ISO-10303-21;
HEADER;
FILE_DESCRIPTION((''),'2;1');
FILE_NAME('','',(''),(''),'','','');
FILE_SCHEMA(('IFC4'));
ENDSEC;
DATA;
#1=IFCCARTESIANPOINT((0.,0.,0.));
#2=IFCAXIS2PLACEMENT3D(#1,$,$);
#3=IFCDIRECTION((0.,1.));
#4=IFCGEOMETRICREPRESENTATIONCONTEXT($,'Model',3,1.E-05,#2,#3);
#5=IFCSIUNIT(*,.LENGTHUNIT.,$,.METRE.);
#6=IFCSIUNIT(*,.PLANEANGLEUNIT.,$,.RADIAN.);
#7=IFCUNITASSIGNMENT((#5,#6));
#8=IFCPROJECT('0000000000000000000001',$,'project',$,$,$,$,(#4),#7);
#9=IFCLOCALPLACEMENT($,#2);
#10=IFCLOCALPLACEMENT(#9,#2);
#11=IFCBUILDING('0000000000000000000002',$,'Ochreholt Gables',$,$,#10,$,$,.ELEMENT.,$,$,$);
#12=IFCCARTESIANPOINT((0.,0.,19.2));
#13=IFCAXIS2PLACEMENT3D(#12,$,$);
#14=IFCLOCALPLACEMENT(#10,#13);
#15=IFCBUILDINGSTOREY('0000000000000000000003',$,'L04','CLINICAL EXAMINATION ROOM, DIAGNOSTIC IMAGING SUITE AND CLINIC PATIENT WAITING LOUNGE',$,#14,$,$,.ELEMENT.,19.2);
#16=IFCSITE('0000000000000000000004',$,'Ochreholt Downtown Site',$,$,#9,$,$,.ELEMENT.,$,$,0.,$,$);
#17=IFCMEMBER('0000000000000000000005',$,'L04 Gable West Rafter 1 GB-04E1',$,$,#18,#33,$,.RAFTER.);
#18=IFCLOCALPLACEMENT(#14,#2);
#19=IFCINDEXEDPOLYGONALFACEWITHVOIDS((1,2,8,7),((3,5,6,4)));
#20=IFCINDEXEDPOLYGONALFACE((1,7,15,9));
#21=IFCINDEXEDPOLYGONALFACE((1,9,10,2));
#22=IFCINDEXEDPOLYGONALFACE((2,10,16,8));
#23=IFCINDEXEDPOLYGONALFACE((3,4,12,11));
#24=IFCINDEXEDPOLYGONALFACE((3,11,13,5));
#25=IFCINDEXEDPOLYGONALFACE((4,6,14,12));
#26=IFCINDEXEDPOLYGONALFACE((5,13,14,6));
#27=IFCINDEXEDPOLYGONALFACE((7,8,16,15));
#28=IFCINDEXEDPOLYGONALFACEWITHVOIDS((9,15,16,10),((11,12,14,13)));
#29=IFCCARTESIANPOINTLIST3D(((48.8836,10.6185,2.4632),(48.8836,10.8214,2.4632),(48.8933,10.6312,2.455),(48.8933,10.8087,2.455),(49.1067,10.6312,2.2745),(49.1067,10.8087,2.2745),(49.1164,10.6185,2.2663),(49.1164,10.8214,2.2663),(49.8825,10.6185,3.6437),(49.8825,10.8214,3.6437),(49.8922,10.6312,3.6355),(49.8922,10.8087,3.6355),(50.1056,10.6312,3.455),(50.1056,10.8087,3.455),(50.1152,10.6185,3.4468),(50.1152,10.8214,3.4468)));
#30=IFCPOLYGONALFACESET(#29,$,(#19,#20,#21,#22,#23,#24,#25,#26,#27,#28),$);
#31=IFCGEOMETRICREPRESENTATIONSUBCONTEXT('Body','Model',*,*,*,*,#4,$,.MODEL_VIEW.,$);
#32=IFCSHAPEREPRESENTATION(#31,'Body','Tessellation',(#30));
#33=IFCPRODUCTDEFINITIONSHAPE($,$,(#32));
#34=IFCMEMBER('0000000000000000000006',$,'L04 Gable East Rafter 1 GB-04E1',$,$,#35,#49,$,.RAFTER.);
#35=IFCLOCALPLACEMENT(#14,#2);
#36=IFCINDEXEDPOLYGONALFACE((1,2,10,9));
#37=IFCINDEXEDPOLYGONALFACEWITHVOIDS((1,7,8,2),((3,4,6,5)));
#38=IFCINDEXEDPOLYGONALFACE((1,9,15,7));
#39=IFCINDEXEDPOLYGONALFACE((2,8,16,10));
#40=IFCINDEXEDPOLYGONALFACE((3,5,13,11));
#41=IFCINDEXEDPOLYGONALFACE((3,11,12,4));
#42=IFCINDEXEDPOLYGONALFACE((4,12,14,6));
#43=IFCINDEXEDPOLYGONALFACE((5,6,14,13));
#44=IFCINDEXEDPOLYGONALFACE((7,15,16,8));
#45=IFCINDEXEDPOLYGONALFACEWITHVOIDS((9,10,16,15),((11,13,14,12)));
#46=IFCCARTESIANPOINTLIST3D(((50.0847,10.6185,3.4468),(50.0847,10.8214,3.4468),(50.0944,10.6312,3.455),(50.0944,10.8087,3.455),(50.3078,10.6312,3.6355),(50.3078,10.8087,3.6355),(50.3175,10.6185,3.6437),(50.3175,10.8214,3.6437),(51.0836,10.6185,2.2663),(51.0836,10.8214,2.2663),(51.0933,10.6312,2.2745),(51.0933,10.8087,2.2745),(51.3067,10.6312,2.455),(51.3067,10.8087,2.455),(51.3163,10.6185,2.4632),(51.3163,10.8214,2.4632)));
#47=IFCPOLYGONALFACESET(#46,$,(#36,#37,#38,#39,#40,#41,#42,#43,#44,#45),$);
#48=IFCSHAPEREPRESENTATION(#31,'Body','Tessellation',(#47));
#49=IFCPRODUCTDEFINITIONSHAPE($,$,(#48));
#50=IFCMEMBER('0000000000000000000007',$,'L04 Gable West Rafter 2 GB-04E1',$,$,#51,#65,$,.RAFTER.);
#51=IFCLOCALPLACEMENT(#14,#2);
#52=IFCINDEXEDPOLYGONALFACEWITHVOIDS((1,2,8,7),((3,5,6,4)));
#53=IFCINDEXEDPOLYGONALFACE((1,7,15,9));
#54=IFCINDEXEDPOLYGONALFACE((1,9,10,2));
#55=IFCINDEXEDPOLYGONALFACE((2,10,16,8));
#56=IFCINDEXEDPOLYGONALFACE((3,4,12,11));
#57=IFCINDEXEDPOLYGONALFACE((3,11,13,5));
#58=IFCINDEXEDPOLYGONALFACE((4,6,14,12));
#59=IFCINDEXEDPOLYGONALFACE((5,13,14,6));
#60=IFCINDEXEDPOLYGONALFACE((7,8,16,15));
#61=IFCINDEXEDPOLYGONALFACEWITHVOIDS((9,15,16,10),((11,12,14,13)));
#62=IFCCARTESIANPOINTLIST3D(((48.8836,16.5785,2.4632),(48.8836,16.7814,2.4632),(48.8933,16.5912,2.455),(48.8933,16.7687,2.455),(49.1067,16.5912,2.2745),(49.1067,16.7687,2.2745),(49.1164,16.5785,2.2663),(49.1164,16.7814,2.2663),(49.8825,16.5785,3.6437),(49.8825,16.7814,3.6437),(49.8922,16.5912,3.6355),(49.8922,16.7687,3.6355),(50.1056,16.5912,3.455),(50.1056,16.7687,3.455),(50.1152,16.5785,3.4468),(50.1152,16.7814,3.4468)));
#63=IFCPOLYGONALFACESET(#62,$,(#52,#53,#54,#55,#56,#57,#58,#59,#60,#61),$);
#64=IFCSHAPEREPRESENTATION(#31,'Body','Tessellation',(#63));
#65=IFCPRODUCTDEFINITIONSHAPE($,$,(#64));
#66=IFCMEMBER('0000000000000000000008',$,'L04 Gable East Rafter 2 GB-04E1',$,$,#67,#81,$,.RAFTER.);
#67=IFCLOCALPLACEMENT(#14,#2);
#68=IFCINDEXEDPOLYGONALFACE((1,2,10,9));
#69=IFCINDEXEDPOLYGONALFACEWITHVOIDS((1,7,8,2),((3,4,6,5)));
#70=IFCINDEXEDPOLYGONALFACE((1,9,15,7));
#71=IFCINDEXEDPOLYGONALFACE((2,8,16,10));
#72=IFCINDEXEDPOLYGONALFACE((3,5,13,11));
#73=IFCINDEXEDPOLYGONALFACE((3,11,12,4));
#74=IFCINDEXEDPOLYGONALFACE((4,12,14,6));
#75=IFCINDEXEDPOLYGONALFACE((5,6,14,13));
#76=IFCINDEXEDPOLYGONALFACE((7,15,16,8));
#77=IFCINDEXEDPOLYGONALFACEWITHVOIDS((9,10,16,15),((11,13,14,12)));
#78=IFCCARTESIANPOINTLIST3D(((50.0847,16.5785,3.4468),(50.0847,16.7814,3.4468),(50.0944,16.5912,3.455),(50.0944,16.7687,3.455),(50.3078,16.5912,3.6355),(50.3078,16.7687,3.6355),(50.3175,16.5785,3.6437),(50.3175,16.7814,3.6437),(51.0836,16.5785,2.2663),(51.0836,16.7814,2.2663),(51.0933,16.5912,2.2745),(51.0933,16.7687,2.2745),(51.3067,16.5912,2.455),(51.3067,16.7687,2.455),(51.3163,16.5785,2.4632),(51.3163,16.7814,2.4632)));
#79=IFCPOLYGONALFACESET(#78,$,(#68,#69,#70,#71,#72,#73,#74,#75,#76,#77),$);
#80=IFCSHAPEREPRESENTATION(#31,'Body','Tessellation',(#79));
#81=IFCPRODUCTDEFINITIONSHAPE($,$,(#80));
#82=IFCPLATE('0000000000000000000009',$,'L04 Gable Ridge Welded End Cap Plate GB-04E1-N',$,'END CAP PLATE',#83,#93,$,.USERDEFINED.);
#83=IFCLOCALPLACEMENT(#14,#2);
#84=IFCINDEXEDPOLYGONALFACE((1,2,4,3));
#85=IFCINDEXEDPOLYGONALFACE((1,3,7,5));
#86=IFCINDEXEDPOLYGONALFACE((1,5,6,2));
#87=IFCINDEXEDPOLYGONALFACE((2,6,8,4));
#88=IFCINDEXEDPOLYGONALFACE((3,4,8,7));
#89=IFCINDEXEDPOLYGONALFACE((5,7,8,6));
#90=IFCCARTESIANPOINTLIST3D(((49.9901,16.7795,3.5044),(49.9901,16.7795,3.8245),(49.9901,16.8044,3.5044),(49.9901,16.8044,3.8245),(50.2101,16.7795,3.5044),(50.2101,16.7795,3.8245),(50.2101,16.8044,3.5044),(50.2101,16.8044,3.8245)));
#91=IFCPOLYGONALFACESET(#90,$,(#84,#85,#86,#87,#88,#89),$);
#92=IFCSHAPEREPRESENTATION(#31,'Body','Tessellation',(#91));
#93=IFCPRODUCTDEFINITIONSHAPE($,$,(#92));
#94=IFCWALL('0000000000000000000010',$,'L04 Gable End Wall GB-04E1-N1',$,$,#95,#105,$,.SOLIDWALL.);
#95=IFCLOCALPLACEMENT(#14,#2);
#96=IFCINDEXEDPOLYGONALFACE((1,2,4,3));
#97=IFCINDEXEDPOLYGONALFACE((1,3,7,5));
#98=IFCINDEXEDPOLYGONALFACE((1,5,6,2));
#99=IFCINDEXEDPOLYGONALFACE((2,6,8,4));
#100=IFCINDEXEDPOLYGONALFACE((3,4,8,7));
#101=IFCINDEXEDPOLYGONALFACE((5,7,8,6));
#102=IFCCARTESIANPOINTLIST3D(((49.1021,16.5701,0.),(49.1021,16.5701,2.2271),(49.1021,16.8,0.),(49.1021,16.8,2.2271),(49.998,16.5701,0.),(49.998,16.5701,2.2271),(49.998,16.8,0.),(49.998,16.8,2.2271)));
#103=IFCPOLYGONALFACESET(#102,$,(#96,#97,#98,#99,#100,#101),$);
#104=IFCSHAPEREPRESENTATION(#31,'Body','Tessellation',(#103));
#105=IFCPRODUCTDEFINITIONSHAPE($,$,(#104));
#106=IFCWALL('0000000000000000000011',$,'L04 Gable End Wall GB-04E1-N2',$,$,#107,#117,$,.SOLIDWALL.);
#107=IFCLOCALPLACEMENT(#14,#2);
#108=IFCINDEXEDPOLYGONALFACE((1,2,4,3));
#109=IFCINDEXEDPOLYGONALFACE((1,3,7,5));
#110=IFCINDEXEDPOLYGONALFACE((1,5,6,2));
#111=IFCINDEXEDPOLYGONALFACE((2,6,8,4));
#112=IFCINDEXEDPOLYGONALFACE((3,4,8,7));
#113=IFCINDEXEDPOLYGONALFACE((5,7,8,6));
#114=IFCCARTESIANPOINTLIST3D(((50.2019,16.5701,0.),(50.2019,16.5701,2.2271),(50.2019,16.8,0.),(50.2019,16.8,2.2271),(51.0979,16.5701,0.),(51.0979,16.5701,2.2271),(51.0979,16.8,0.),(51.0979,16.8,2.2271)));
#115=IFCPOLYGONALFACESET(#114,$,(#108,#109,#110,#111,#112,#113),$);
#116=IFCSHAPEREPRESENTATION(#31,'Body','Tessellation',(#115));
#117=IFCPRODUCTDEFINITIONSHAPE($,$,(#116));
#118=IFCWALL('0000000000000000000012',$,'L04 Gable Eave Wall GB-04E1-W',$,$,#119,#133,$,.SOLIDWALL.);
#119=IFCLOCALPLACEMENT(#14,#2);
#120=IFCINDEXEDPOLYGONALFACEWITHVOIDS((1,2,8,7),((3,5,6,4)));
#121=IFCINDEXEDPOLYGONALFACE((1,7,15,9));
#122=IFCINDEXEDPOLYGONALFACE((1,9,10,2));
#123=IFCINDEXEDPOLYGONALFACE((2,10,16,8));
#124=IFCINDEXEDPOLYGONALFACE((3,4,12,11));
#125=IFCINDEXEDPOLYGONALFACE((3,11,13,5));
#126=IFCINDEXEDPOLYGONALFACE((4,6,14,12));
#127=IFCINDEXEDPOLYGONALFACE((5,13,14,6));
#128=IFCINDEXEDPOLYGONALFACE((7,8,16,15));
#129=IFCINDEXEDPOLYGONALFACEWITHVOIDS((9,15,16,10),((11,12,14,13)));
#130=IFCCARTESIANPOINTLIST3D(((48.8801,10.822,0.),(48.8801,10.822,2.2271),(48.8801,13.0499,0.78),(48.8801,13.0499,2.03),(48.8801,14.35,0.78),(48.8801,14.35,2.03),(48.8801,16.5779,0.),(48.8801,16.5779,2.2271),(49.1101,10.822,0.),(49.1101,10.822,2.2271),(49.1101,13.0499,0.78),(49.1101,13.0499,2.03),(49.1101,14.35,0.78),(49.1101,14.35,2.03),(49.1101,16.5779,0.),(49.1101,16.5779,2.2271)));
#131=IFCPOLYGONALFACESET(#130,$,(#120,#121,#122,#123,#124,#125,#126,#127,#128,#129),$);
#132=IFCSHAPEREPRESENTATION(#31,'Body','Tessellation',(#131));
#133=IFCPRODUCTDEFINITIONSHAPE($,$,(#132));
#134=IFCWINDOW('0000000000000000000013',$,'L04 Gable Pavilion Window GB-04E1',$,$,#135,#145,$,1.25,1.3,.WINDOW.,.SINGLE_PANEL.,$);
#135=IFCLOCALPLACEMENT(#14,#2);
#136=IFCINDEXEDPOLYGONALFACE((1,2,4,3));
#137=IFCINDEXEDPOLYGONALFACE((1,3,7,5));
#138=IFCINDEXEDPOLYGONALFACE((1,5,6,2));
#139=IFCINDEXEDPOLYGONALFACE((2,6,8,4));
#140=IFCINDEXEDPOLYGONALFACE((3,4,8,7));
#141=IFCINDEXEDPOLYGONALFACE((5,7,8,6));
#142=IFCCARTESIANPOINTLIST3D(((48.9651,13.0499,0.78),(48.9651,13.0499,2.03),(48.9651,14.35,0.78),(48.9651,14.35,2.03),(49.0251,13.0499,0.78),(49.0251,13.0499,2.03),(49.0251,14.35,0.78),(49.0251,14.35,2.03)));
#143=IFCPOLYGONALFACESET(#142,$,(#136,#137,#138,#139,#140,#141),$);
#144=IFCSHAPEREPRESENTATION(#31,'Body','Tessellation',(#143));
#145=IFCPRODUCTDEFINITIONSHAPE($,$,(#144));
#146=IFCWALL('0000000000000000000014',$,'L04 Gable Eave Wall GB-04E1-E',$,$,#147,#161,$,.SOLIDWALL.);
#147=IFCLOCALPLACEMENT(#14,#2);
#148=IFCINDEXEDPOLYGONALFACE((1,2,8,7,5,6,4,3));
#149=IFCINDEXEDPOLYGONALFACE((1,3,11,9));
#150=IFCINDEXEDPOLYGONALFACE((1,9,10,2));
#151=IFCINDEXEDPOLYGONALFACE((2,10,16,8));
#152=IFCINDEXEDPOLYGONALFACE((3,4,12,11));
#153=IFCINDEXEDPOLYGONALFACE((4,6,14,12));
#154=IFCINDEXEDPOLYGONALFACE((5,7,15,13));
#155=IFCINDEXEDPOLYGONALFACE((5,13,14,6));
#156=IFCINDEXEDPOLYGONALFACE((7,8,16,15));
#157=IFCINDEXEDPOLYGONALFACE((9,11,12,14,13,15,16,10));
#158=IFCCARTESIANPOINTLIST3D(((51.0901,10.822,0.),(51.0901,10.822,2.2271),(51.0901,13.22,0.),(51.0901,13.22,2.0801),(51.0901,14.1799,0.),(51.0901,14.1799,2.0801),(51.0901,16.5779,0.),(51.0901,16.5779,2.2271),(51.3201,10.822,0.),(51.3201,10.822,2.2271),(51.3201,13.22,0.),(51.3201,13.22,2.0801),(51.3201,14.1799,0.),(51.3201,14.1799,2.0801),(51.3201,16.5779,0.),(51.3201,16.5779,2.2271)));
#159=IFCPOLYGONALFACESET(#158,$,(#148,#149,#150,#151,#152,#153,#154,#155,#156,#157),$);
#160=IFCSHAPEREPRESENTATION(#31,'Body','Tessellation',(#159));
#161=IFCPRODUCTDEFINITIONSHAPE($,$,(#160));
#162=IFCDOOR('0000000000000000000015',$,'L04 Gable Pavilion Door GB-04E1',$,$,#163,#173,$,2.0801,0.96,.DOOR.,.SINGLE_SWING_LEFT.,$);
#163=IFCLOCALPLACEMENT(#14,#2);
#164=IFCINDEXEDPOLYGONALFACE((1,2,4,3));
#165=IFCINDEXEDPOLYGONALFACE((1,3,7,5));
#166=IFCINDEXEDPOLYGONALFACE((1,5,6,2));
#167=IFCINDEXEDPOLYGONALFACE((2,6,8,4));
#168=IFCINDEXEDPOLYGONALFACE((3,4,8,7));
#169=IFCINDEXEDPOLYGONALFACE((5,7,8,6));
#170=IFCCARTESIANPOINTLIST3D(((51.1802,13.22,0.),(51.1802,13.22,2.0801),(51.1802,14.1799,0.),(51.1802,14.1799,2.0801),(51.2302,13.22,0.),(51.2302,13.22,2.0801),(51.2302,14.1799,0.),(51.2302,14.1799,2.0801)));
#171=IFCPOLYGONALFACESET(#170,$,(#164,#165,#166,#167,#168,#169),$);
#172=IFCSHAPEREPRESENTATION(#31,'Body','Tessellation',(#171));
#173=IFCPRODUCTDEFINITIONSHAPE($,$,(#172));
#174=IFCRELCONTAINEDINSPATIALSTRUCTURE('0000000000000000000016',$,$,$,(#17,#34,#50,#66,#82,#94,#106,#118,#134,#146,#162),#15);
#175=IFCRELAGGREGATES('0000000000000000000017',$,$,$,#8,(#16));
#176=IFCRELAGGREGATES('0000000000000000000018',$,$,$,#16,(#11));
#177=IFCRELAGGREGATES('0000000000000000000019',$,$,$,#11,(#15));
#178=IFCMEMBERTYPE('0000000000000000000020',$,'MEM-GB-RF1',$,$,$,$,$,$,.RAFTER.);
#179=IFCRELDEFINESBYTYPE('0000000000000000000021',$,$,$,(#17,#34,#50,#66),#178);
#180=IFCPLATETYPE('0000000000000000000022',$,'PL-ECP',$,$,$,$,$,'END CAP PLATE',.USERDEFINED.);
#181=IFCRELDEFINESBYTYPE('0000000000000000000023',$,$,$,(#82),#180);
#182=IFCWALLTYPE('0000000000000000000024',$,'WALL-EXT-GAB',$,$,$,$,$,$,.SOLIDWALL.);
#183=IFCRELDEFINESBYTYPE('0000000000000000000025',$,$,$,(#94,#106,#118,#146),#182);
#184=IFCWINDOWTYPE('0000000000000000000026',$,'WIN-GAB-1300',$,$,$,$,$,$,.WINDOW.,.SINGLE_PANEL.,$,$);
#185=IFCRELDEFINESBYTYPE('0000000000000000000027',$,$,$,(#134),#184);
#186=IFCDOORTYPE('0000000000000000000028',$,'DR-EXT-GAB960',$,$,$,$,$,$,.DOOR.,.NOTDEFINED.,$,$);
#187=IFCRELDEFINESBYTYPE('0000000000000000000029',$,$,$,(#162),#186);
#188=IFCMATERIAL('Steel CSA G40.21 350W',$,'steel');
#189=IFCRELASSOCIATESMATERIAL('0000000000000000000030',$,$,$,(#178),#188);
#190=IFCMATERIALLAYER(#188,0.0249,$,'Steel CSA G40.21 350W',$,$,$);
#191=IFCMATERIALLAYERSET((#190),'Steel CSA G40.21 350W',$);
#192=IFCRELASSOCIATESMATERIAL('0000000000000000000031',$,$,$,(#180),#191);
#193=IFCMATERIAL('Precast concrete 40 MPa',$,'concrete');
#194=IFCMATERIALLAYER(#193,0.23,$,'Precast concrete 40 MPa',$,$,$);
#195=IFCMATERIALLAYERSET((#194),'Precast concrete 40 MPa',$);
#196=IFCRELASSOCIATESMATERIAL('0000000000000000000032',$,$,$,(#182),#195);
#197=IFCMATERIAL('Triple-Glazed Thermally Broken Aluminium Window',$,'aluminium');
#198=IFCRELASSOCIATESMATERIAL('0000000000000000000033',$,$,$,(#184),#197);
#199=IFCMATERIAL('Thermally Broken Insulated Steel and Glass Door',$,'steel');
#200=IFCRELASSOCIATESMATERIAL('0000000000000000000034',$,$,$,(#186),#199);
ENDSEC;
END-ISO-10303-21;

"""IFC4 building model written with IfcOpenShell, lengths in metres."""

from ifc_helpers import new_model, si_unit, direction, frame, frame_2d, origin, origin_2d, place, context, subcontext, project, spatial, rectangle, hollow_rectangle, extrude, material, layer, layer_set, material_profile, profile_set, type_object, element, fill, save


model = new_model("IFC4")

# Units and contexts
model_context = context("Model", 3, precision=1e-05, world=origin(), true_north=direction((0.0, 1.0)))
body_context = subcontext(model_context, "Body", "Model", "MODEL_VIEW")
ifc_project = project(units=[si_unit("LENGTHUNIT", "METRE"), si_unit("PLANEANGLEUNIT", "RADIAN")], contexts=[model_context])

# Site, building, storey
site_placement = place(None, origin())
site = spatial("IfcSite", under=ifc_project, at=site_placement, Name="Ochreholt Downtown Site", CompositionType="ELEMENT", RefElevation=0.0)
building_placement = place(site_placement, origin())
building = spatial("IfcBuilding", under=site, at=building_placement, Name="Ochreholt Gables", CompositionType="ELEMENT")
storey_placement = place(building_placement, frame((0.0, 0.0, 19.2)))
storey = spatial("IfcBuildingStorey", under=building, at=storey_placement, Name="L04", Description="CLINICAL EXAMINATION ROOM, DIAGNOSTIC IMAGING SUITE AND CLINIC PATIENT WAITING LOUNGE", CompositionType="ELEMENT", Elevation=19.2)

# Shared definitions
ifc_material_1 = material(Name="Steel CSA G40.21 350W", Category="steel")

# Members
ifc_material_profile_1 = material_profile(ifc_material_1, hollow_rectangle(XDim=0.2029, YDim=0.3049, WallThickness=0.0127, at=origin_2d()), Name="HSS305X203X13")
ifc_profile_set_1 = profile_set([ifc_material_profile_1], Name="Steel CSA G40.21 350W")
member_type_1 = type_object("IfcMemberType", Name="MEM-GB-RF1", PredefinedType="RAFTER", material=ifc_profile_set_1)
for number, where, z_axis, x_axis, name in (
    (1, (49.0, 10.72, 2.3647), (0.645928, 0.0, 0.763398), (0.0, 1.0, 0.0), "L04 Gable West Rafter 1 GB-04E1"),
    (2, (51.2, 10.72, 2.3647), (-0.645928, 0.0, 0.763398), (0.0, -1.0, 0.0), "L04 Gable East Rafter 1 GB-04E1"),
    (3, (49.0, 16.6799, 2.3647), (0.645928, 0.0, 0.763398), (0.0, 1.0, 0.0), "L04 Gable West Rafter 2 GB-04E1"),
    (4, (51.2, 16.6799, 2.3647), (-0.645928, 0.0, 0.763398), (0.0, -1.0, 0.0), "L04 Gable East Rafter 2 GB-04E1"),
):
    element("IfcMember", number, at=place(storey_placement, frame(where, z_axis=z_axis, x_axis=x_axis)), inside=storey, type_object=member_type_1, Name=name, PredefinedType="RAFTER", context=body_context, shape_type="SweptSolid", body=[
        extrude(hollow_rectangle(XDim=0.2029, YDim=0.3049, WallThickness=0.0127, at=origin_2d()), origin(), (0.0, 0.0, 1.0), 1.5464),
    ])

# Plate
ifc_layer_1 = layer(ifc_material_1, 0.0249, Name="Steel CSA G40.21 350W")
ifc_layer_set_1 = layer_set([ifc_layer_1], Name="Steel CSA G40.21 350W")
plate_type = type_object("IfcPlateType", Name="PL-ECP", ElementType="END CAP PLATE", PredefinedType="USERDEFINED", material=ifc_layer_set_1)
plate_placement = place(storey_placement, frame((50.1001, 16.792, 3.5044), z_axis=(0.0, 0.0, 1.0), x_axis=(1.0, 0.0, 0.0)))
element("IfcPlate", 5, at=plate_placement, inside=storey, type_object=plate_type, Name="L04 Gable Ridge Welded End Cap Plate GB-04E1-N", ObjectType="END CAP PLATE", PredefinedType="USERDEFINED", context=body_context, shape_type="SweptSolid", body=[
    extrude(rectangle(XDim=0.22, YDim=0.0249, at=origin_2d()), origin(), (0.0, 0.0, 1.0), 0.3201),
])

# Walls
ifc_material_2 = material(Name="Precast concrete 40 MPa", Category="concrete")
ifc_layer_2 = layer(ifc_material_2, 0.23, Name="Precast concrete 40 MPa")
ifc_layer_set_2 = layer_set([ifc_layer_2], Name="Precast concrete 40 MPa")
wall_type = type_object("IfcWallType", Name="WALL-EXT-GAB", PredefinedType="SOLIDWALL", material=ifc_layer_set_2)
for number, where, z_axis, x_axis, name in (
    (6, (49.1021, 16.6851, 0.0), (0.0, 0.0, 1.0), (1.0, 0.0, 0.0), "L04 Gable End Wall GB-04E1-N1"),
    (7, (50.2019, 16.6851, 0.0), (0.0, 0.0, 1.0), (1.0, 0.0, 0.0), "L04 Gable End Wall GB-04E1-N2"),
):
    element("IfcWall", number, at=place(storey_placement, frame(where, z_axis=z_axis, x_axis=x_axis)), inside=storey, type_object=wall_type, Name=name, PredefinedType="SOLIDWALL", context=body_context, shape_type="SweptSolid", body=[
        extrude(rectangle(XDim=0.896, YDim=0.23, at=frame_2d((0.448, 0.0))), origin(), (0.0, 0.0, 1.0), 2.2271),
    ])

# Wall, opening, window
wall_1_placement = place(storey_placement, frame((48.9951, 10.822, 0.0), z_axis=(0.0, 0.0, 1.0), x_axis=(0.0, 1.0, 0.0)))
wall_1 = element("IfcWall", 8, at=wall_1_placement, inside=storey, type_object=wall_type, Name="L04 Gable Eave Wall GB-04E1-W", PredefinedType="SOLIDWALL", context=body_context, shape_type="SweptSolid", body=[
    extrude(rectangle(XDim=5.7559, YDim=0.23, at=frame_2d((2.8779, 0.0))), origin(), (0.0, 0.0, 1.0), 2.2271),
])
opening_1_placement = place(wall_1_placement, frame((2.228, 0.0, 0.78)))
opening_1 = element("IfcOpeningElement", 9, at=opening_1_placement, cuts=wall_1, PredefinedType="OPENING", context=body_context, shape_type="SweptSolid", body=[
    extrude(rectangle(XDim=1.3, YDim=1.25, at=frame_2d((0.6499, 0.625))), frame((0.0, 0.125, 0.0), z_axis=(0.0, -1.0, 0.0), x_axis=(1.0, 0.0, 0.0)), (0.0, 0.0, 1.0), 0.25),
])
ifc_material_3 = material(Name="Triple-Glazed Thermally Broken Aluminium Window", Category="aluminium")
window_type = type_object("IfcWindowType", Name="WIN-GAB-1300", PartitioningType="SINGLE_PANEL", PredefinedType="WINDOW", material=ifc_material_3)
window_placement = place(opening_1_placement, origin())
window = element("IfcWindow", 10, at=window_placement, inside=storey, type_object=window_type, Name="L04 Gable Pavilion Window GB-04E1", OverallHeight=1.25, OverallWidth=1.3, PartitioningType="SINGLE_PANEL", PredefinedType="WINDOW", context=body_context, shape_type="SweptSolid", body=[
    extrude(rectangle(XDim=1.3, YDim=1.25, at=frame_2d((0.6499, 0.625))), frame((0.0, 0.03, 0.0), z_axis=(0.0, -1.0, 0.0), x_axis=(1.0, 0.0, 0.0)), (0.0, 0.0, 1.0), 0.0601),
])
fill(opening_1, window)

# Wall, opening, door
wall_2_placement = place(storey_placement, frame((51.2051, 10.822, 0.0), z_axis=(0.0, 0.0, 1.0), x_axis=(0.0, 1.0, 0.0)))
wall_2 = element("IfcWall", 11, at=wall_2_placement, inside=storey, type_object=wall_type, Name="L04 Gable Eave Wall GB-04E1-E", PredefinedType="SOLIDWALL", context=body_context, shape_type="SweptSolid", body=[
    extrude(rectangle(XDim=5.7559, YDim=0.23, at=frame_2d((2.8779, 0.0))), origin(), (0.0, 0.0, 1.0), 2.2271),
])
opening_2_placement = place(wall_2_placement, frame((2.3979, 0.0, 0.0)))
opening_2 = element("IfcOpeningElement", 12, at=opening_2_placement, cuts=wall_2, PredefinedType="OPENING", context=body_context, shape_type="SweptSolid", body=[
    extrude(rectangle(XDim=0.96, YDim=2.0801, at=frame_2d((0.48, 1.04))), frame((0.0, 0.125, 0.0), z_axis=(0.0, -1.0, 0.0), x_axis=(1.0, 0.0, 0.0)), (0.0, 0.0, 1.0), 0.25),
])
ifc_material_4 = material(Name="Thermally Broken Insulated Steel and Glass Door", Category="steel")
door_type = type_object("IfcDoorType", Name="DR-EXT-GAB960", OperationType="NOTDEFINED", PredefinedType="DOOR", material=ifc_material_4)
door_placement = place(opening_2_placement, origin())
door = element("IfcDoor", 13, at=door_placement, inside=storey, type_object=door_type, Name="L04 Gable Pavilion Door GB-04E1", OperationType="SINGLE_SWING_LEFT", OverallHeight=2.0801, OverallWidth=0.96, PredefinedType="DOOR", context=body_context, shape_type="SweptSolid", body=[
    extrude(rectangle(XDim=0.96, YDim=2.0801, at=frame_2d((0.48, 1.04))), frame((0.0, 0.0249, 0.0), z_axis=(0.0, -1.0, 0.0), x_axis=(1.0, 0.0, 0.0)), (0.0, 0.0, 1.0), 0.05),
])
fill(opening_2, door)

save(model, "model.ifc")
